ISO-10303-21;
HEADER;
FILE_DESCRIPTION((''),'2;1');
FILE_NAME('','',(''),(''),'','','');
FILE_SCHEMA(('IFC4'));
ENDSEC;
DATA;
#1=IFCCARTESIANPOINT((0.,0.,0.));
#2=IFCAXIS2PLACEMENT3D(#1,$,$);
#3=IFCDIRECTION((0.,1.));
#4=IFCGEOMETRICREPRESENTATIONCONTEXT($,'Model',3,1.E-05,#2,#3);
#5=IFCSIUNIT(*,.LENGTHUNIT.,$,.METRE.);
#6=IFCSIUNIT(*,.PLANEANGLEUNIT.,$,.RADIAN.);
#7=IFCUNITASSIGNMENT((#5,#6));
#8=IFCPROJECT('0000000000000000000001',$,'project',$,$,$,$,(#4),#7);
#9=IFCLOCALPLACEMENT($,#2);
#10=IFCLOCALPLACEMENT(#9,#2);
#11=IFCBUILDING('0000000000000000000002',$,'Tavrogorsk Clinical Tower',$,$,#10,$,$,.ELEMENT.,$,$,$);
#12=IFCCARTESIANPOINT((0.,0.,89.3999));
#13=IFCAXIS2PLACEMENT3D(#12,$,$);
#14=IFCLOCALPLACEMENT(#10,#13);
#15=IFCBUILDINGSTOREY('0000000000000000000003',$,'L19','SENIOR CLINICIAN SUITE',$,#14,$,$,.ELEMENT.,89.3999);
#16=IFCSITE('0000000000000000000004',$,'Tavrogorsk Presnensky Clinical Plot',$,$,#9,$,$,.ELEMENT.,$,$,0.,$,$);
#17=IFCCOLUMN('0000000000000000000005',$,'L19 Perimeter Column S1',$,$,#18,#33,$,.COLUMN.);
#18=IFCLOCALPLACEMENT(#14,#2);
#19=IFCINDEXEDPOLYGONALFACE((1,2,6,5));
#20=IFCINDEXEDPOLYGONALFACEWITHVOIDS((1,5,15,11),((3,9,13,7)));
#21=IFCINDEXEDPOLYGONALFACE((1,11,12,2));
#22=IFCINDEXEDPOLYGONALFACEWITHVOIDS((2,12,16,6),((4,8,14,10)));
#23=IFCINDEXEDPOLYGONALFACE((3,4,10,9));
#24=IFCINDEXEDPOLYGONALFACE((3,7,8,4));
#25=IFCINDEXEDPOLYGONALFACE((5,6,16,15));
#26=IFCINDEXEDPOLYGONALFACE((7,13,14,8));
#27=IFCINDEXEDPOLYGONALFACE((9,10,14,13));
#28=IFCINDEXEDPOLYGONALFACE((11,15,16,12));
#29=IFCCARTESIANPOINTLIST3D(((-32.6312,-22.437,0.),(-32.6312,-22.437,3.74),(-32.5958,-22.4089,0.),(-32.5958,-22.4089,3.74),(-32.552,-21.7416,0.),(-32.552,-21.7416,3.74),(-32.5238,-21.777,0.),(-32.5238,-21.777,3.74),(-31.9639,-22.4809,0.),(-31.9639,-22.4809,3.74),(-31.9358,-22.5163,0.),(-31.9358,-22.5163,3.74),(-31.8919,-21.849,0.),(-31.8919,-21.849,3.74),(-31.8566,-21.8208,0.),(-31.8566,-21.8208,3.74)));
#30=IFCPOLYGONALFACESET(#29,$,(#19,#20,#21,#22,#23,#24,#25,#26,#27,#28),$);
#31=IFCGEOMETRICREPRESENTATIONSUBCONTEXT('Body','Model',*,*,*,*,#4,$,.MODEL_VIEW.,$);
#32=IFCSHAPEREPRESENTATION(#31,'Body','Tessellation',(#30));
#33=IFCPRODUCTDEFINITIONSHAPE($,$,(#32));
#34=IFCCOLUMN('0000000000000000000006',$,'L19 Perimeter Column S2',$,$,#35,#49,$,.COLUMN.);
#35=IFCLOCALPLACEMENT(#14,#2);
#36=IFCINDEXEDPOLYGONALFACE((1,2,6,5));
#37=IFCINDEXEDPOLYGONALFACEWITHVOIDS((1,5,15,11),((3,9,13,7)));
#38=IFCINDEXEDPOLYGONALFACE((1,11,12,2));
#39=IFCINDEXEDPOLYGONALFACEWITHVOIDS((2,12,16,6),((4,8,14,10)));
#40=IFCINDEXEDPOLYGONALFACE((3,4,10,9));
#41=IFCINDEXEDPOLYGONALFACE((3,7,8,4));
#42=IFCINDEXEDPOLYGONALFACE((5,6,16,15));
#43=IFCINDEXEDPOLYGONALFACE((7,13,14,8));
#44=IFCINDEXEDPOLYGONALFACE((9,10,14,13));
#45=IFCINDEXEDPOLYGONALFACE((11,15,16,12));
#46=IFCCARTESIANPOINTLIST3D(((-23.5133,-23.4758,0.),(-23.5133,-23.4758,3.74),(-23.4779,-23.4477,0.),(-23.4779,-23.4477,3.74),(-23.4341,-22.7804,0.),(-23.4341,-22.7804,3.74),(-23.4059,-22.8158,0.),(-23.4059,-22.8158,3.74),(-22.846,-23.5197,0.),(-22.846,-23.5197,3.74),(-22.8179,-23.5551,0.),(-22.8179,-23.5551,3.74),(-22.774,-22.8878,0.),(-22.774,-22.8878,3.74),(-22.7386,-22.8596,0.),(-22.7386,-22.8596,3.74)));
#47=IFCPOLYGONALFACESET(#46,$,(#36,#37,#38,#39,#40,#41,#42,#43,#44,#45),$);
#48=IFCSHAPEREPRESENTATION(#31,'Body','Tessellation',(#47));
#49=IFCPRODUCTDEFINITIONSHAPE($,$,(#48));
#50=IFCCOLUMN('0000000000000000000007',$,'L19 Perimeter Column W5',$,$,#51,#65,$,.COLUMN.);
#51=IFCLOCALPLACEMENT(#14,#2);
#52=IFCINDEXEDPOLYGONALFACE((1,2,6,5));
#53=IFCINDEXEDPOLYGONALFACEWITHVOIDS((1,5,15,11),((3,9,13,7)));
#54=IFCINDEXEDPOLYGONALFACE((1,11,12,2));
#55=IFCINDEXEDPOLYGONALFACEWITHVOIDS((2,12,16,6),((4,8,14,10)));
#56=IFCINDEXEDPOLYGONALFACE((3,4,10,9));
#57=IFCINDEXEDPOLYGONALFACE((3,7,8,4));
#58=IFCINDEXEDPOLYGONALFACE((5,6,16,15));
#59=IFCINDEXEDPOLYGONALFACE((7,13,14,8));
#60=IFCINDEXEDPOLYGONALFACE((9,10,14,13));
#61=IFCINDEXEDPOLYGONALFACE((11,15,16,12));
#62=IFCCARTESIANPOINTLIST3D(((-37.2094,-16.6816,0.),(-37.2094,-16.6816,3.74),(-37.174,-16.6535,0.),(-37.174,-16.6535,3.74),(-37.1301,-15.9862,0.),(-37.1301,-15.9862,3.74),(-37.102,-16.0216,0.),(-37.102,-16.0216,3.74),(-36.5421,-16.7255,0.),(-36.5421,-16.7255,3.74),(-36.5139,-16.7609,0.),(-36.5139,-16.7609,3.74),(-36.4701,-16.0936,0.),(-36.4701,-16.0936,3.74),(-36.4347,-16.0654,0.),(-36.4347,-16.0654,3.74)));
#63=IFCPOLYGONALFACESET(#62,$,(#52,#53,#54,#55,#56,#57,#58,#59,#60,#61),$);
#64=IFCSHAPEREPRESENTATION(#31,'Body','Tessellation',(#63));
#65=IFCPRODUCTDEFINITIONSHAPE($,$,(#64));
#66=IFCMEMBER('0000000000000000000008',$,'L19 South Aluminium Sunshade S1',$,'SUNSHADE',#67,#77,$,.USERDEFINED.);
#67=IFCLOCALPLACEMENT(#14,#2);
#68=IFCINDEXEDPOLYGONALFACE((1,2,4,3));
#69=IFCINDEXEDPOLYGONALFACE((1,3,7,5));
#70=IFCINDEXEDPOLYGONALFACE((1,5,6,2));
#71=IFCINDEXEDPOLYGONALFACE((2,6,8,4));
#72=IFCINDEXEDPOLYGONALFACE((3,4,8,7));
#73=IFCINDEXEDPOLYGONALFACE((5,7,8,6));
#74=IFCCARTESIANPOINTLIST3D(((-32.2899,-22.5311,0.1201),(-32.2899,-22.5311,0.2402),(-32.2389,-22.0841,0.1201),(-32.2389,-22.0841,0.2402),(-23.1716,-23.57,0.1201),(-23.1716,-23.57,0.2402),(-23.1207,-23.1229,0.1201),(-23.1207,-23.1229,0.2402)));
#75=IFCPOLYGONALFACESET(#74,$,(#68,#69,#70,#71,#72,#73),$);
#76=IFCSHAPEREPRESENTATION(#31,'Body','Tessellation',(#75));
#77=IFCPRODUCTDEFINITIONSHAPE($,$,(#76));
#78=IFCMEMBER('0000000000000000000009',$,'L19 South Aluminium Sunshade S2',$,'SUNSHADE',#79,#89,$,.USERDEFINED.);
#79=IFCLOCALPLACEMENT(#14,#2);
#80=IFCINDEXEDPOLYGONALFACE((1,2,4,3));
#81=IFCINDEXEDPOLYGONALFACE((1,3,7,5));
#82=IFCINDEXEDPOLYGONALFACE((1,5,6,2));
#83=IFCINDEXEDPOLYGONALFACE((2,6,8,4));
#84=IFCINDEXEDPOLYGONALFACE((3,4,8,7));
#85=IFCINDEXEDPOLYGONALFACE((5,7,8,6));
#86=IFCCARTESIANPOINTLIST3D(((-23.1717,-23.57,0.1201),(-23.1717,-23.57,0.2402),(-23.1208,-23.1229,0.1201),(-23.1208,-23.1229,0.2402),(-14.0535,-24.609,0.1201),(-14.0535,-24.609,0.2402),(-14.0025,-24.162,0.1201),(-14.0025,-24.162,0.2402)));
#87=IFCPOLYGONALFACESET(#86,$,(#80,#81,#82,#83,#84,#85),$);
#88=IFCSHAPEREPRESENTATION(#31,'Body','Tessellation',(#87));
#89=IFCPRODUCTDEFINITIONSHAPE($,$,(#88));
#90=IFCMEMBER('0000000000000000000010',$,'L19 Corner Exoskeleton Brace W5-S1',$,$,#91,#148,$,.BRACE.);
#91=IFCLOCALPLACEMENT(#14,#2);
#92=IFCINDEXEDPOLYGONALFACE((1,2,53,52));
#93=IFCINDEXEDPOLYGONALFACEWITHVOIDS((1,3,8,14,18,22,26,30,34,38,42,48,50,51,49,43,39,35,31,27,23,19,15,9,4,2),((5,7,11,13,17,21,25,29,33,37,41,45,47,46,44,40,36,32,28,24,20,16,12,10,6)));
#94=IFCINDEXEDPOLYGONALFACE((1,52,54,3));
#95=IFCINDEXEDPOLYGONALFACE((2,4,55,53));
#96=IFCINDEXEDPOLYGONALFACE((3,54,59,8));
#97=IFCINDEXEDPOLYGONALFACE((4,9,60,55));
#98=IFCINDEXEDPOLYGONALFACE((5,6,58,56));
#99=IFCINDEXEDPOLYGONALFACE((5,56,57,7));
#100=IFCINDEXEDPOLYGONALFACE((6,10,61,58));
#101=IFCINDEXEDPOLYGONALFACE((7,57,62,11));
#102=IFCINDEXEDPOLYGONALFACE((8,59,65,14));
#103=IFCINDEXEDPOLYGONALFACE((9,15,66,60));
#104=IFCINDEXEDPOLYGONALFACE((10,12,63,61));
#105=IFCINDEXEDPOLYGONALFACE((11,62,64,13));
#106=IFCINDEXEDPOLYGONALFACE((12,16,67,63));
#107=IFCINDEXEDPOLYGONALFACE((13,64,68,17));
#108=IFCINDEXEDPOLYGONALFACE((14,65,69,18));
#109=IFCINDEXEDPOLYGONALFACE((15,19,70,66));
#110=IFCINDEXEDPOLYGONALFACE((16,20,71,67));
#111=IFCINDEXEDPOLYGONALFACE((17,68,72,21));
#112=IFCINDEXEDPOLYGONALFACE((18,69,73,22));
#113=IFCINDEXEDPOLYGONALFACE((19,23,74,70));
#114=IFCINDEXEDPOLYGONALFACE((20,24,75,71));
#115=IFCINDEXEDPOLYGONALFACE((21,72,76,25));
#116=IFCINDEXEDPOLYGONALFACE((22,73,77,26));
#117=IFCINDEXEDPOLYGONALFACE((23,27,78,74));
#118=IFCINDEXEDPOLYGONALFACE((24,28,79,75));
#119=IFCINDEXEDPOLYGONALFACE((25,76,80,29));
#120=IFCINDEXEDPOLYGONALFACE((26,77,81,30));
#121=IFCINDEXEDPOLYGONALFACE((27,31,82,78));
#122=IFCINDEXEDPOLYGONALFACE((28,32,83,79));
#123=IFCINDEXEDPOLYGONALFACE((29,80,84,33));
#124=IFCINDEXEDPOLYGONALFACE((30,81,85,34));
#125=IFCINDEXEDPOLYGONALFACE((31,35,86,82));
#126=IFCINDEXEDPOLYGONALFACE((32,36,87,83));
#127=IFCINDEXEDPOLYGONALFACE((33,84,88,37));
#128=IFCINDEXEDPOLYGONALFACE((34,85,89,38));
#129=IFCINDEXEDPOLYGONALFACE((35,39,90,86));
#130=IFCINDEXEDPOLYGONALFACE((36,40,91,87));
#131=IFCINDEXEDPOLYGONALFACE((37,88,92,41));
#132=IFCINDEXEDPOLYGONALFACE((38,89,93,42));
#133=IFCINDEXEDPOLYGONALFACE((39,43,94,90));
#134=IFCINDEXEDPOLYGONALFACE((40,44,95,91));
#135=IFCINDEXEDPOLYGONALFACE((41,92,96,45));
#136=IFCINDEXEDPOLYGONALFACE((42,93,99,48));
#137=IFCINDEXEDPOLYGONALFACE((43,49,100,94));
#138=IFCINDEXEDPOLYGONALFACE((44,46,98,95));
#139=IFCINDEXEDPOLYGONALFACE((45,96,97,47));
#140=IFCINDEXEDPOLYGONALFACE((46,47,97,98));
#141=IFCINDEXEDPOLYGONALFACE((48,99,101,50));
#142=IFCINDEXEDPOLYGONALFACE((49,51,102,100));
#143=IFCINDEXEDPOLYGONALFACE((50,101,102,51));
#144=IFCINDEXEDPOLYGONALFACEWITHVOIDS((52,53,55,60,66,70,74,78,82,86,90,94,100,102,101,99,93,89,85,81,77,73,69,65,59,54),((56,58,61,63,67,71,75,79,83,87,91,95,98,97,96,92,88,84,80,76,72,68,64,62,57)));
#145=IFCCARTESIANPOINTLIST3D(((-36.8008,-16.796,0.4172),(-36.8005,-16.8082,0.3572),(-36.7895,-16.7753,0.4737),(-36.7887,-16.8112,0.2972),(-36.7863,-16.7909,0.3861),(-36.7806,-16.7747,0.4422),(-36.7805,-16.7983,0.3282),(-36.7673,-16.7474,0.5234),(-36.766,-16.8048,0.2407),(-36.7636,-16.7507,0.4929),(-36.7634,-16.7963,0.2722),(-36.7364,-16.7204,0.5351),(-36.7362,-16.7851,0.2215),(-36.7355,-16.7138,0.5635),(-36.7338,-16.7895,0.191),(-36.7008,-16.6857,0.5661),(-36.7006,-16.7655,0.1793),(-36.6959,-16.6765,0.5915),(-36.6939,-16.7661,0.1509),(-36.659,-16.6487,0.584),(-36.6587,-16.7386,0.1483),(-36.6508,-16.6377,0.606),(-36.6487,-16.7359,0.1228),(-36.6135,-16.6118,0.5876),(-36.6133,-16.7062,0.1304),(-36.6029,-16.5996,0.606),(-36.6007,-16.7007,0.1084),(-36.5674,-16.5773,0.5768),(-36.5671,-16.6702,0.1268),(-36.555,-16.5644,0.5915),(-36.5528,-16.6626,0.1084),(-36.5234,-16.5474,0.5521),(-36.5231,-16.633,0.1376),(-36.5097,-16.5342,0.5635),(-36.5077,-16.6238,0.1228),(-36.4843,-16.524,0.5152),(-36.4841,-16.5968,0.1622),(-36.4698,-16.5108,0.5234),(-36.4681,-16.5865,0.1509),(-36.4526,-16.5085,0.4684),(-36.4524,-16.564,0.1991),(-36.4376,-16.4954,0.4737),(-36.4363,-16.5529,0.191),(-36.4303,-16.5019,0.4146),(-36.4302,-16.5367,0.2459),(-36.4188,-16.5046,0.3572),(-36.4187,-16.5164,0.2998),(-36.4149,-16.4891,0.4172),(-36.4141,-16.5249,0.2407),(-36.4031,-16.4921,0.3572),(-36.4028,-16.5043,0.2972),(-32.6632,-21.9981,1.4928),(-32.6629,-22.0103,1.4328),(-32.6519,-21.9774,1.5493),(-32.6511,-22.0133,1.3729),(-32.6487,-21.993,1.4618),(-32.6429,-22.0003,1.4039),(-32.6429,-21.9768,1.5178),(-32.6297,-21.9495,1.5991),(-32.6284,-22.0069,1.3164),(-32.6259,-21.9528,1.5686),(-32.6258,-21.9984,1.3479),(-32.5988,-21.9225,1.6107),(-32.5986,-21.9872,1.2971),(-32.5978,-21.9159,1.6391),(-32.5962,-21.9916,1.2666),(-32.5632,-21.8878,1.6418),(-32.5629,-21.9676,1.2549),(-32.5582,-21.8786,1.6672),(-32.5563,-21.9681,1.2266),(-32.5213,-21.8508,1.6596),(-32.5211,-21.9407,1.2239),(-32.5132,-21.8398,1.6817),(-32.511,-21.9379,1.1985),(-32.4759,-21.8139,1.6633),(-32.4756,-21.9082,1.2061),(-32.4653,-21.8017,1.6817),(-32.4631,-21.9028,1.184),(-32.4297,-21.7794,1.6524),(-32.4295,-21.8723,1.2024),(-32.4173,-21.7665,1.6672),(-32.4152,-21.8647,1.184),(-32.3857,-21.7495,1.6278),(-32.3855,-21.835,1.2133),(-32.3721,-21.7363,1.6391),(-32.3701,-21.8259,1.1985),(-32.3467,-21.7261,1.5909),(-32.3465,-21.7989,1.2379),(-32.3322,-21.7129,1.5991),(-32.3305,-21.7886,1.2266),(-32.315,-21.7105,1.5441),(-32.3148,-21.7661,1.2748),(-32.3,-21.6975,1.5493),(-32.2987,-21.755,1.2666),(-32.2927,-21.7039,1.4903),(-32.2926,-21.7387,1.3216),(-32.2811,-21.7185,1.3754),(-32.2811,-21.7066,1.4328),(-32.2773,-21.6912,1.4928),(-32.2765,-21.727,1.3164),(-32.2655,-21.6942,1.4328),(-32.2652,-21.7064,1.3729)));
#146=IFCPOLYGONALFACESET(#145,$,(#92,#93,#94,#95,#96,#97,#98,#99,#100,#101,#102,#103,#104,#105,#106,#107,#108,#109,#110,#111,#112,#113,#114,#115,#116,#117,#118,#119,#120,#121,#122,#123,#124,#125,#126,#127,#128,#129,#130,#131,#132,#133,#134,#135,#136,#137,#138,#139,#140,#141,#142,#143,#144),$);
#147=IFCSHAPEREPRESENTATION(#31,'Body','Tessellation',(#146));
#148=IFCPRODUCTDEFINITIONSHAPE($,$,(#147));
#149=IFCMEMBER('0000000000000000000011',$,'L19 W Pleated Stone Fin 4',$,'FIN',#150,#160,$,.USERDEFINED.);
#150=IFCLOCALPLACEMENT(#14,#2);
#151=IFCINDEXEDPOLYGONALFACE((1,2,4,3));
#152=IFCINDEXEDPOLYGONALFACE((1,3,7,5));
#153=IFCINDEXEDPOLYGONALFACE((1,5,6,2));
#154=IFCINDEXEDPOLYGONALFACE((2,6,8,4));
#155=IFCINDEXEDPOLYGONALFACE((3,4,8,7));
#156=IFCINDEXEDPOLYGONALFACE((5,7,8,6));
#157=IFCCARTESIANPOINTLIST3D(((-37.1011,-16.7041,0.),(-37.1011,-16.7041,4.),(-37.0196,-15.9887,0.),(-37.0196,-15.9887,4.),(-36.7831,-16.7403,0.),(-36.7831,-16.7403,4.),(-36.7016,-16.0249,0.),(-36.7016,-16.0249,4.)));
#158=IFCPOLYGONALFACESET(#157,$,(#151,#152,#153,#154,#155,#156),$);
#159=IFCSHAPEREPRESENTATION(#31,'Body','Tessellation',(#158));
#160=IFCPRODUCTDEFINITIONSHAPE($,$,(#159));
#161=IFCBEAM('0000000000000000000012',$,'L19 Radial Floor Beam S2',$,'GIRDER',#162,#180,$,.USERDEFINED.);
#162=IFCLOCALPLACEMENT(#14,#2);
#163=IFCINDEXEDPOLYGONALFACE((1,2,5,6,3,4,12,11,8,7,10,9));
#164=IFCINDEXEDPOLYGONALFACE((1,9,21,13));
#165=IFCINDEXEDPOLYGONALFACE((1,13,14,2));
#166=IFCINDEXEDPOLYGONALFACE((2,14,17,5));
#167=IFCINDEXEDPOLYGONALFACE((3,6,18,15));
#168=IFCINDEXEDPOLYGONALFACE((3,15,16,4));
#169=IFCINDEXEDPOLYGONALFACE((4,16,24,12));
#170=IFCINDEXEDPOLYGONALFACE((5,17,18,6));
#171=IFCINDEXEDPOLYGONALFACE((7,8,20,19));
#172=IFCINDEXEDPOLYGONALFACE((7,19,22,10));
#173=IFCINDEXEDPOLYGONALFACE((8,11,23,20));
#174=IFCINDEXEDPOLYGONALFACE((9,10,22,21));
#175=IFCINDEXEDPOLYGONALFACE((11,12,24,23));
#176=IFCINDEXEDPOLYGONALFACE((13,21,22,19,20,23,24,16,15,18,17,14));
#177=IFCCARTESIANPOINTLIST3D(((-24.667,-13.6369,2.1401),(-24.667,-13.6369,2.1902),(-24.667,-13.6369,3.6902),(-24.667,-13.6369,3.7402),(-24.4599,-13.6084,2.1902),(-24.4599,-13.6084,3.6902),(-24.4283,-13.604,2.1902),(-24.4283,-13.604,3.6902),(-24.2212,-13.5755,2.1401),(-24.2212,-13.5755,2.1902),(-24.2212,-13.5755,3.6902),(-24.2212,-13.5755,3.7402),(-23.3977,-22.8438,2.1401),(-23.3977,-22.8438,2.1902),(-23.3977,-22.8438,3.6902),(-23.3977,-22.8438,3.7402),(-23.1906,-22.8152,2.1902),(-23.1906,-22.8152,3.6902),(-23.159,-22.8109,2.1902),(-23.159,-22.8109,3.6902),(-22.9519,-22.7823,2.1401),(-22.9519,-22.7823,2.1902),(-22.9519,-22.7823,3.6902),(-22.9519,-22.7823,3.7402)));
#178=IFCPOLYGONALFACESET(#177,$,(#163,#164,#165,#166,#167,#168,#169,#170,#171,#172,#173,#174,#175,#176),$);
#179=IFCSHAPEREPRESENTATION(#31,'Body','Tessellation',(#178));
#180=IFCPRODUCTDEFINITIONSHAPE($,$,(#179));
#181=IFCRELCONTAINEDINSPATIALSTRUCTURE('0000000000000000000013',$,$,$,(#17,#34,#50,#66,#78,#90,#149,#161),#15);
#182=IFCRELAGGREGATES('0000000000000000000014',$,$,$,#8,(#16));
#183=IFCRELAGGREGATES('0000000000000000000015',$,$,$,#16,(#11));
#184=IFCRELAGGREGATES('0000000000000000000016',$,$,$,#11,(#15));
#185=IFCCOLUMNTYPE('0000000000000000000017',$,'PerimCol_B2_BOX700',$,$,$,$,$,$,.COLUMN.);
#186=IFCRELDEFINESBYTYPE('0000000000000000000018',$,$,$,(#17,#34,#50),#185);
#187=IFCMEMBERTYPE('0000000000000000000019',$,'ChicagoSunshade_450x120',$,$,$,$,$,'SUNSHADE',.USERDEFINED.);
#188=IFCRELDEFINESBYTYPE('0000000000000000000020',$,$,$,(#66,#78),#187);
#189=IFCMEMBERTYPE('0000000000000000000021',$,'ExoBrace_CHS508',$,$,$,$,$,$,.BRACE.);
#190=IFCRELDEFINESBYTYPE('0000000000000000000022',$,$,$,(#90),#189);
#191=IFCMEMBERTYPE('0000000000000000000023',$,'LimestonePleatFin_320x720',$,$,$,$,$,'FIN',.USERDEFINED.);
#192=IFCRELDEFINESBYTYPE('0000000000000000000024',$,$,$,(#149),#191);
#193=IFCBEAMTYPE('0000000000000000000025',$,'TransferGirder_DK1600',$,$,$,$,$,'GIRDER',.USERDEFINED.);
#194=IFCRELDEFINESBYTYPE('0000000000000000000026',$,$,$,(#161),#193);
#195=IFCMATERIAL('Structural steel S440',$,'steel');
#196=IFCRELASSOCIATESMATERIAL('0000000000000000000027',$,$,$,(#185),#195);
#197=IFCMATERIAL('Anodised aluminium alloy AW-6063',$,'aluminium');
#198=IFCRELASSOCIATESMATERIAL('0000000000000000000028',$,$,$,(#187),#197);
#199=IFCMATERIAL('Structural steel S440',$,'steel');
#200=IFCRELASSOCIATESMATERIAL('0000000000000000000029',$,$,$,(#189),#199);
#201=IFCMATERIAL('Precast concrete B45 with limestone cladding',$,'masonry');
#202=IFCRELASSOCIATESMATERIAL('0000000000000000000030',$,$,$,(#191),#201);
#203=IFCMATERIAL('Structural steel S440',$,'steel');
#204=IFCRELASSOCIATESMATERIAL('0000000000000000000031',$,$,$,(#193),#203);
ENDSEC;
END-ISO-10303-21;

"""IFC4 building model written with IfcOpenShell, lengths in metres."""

from ifc_helpers import new_model, si_unit, direction, frame, origin, origin_2d, place, context, subcontext, project, spatial, rectangle, hollow_rectangle, hollow_circle, i_section, extrude, material, material_profile, profile_set, type_object, element, save


model = new_model("IFC4")

# Units and contexts
model_context = context("Model", 3, precision=1e-05, world=origin(), true_north=direction((0.0, 1.0)))
body_context = subcontext(model_context, "Body", "Model", "MODEL_VIEW")
ifc_project = project(units=[si_unit("LENGTHUNIT", "METRE"), si_unit("PLANEANGLEUNIT", "RADIAN")], contexts=[model_context])

# Site, building, storey
site_placement = place(None, origin())
site = spatial("IfcSite", under=ifc_project, at=site_placement, Name="Tavrogorsk Presnensky Clinical Plot", CompositionType="ELEMENT", RefElevation=0.0)
building_placement = place(site_placement, origin())
building = spatial("IfcBuilding", under=site, at=building_placement, Name="Tavrogorsk Clinical Tower", CompositionType="ELEMENT")
storey_placement = place(building_placement, frame((0.0, 0.0, 89.3999)))
storey = spatial("IfcBuildingStorey", under=building, at=storey_placement, Name="L19", Description="SENIOR CLINICIAN SUITE", CompositionType="ELEMENT", Elevation=89.3999)

# Columns
ifc_material_1 = material(Name="Structural steel S440", Category="steel")
ifc_material_profile_1 = material_profile(ifc_material_1, hollow_rectangle(XDim=0.7, YDim=0.7, WallThickness=0.032, at=origin_2d()), Name="BOX-700x700x32")
ifc_profile_set_1 = profile_set([ifc_material_profile_1], Name="Structural steel S440")
column_type = type_object("IfcColumnType", Name="PerimCol_B2_BOX700", PredefinedType="COLUMN", material=ifc_profile_set_1)
for number, where, z_axis, x_axis, name in (
    (1, (-32.2439, -22.1289, 0.0), (0.0, 0.0, 1.0), (0.993572, -0.113203, 0.0), "L19 Perimeter Column S1"),
    (2, (-23.126, -23.1677, 0.0), (0.0, 0.0, 1.0), (0.993572, -0.113203, 0.0), "L19 Perimeter Column S2"),
    (3, (-36.822, -16.3735, 0.0), (0.0, 0.0, 1.0), (0.993572, -0.113203, 0.0), "L19 Perimeter Column W5"),
):
    element("IfcColumn", number, at=place(storey_placement, frame(where, z_axis=z_axis, x_axis=x_axis)), inside=storey, type_object=column_type, Name=name, PredefinedType="COLUMN", context=body_context, shape_type="SweptSolid", body=[
        extrude(hollow_rectangle(XDim=0.7, YDim=0.7, WallThickness=0.032, at=origin_2d()), origin(), (0.0, 0.0, 1.0), 3.74),
    ])

# Members
ifc_material_2 = material(Name="Anodised aluminium alloy AW-6063", Category="aluminium")
ifc_material_profile_2 = material_profile(ifc_material_2, rectangle(XDim=0.45, YDim=0.1201, at=origin_2d()), Name="ALU-SUNSHADE-450x120")
ifc_profile_set_2 = profile_set([ifc_material_profile_2], Name="Anodised aluminium alloy AW-6063")
member_type_1 = type_object("IfcMemberType", Name="ChicagoSunshade_450x120", ElementType="SUNSHADE", PredefinedType="USERDEFINED", material=ifc_profile_set_2)
for number, where, z_axis, x_axis, name in (
    (4, (-32.2644, -22.3076, 0.1802), (0.993573, -0.113196, 0.0), (0.113196, 0.993573, 0.0), "L19 South Aluminium Sunshade S1"),
    (5, (-23.1462, -23.3464, 0.1802), (0.99357, -0.113222, 0.0), (0.113222, 0.99357, 0.0), "L19 South Aluminium Sunshade S2"),
):
    element("IfcMember", number, at=place(storey_placement, frame(where, z_axis=z_axis, x_axis=x_axis)), inside=storey, type_object=member_type_1, Name=name, ObjectType="SUNSHADE", PredefinedType="USERDEFINED", context=body_context, shape_type="SweptSolid", body=[
        extrude(rectangle(XDim=0.45, YDim=0.1201, at=origin_2d()), origin(), (0.0, 0.0, 1.0), 9.1772),
    ])
ifc_material_3 = material(Name="Structural steel S440", Category="steel")
ifc_material_profile_3 = material_profile(ifc_material_3, hollow_circle(Radius=0.2539, WallThickness=0.02, at=origin_2d()), Name="CHS-508x20")
ifc_profile_set_3 = profile_set([ifc_material_profile_3], Name="Structural steel S440")
member_type_2 = type_object("IfcMemberType", Name="ExoBrace_CHS508", PredefinedType="BRACE", material=ifc_profile_set_3)
member_1_placement = place(storey_placement, frame((-36.6018, -16.6501, 0.3572), z_axis=(0.614494, -0.772578, 0.159751), x_axis=(0.782629, 0.622489, 0.0)))
element("IfcMember", 6, at=member_1_placement, inside=storey, type_object=member_type_2, Name="L19 Corner Exoskeleton Brace W5-S1", PredefinedType="BRACE", context=body_context, shape_type="SweptSolid", body=[
    extrude(hollow_circle(Radius=0.2539, WallThickness=0.02, at=origin_2d()), origin(), (0.0, 0.0, 1.0), 6.7334),
])
ifc_material_4 = material(Name="Precast concrete B45 with limestone cladding", Category="masonry")
ifc_material_profile_4 = material_profile(ifc_material_4, rectangle(XDim=0.3201, YDim=0.72, at=origin_2d()), Name="LIMESTONE-FIN-320x720")
ifc_profile_set_4 = profile_set([ifc_material_profile_4], Name="Precast concrete B45 with limestone cladding")
member_type_3 = type_object("IfcMemberType", Name="LimestonePleatFin_320x720", ElementType="FIN", PredefinedType="USERDEFINED", material=ifc_profile_set_4)
member_2_placement = place(storey_placement, frame((-36.9014, -16.3645, 0.0), z_axis=(0.0, 0.0, 1.0), x_axis=(0.993572, -0.113203, 0.0)))
element("IfcMember", 7, at=member_2_placement, inside=storey, type_object=member_type_3, Name="L19 W Pleated Stone Fin 4", ObjectType="FIN", PredefinedType="USERDEFINED", context=body_context, shape_type="SweptSolid", body=[
    extrude(rectangle(XDim=0.3201, YDim=0.72, at=origin_2d()), origin(), (0.0, 0.0, 1.0), 4.0),
])

# Beam
ifc_material_5 = material(Name="Structural steel S440", Category="steel")
ifc_material_profile_5 = material_profile(ifc_material_5, i_section(OverallWidth=0.45, OverallDepth=1.6001, WebThickness=0.032, FlangeThickness=0.05, at=origin_2d()), Name="DK-1600x450x32x50")
ifc_profile_set_5 = profile_set([ifc_material_profile_5], Name="Structural steel S440")
beam_type_1 = type_object("IfcBeamType", Name="TransferGirder_DK1600", ElementType="GIRDER", PredefinedType="USERDEFINED", material=ifc_profile_set_5)
beam_1_placement = place(storey_placement, frame((-24.4441, -13.6062, 2.9402), z_axis=(0.136573, -0.99063, 0.0), x_axis=(0.99063, 0.136573, 0.0)))
element("IfcBeam", 8, at=beam_1_placement, inside=storey, type_object=beam_type_1, Name="L19 Radial Floor Beam S2", ObjectType="GIRDER", PredefinedType="USERDEFINED", context=body_context, shape_type="SweptSolid", body=[
    extrude(i_section(OverallWidth=0.45, OverallDepth=1.6001, WebThickness=0.032, FlangeThickness=0.05, at=origin_2d()), origin(), (0.0, 0.0, 1.0), 9.2939),
])

save(model, "model.ifc")
